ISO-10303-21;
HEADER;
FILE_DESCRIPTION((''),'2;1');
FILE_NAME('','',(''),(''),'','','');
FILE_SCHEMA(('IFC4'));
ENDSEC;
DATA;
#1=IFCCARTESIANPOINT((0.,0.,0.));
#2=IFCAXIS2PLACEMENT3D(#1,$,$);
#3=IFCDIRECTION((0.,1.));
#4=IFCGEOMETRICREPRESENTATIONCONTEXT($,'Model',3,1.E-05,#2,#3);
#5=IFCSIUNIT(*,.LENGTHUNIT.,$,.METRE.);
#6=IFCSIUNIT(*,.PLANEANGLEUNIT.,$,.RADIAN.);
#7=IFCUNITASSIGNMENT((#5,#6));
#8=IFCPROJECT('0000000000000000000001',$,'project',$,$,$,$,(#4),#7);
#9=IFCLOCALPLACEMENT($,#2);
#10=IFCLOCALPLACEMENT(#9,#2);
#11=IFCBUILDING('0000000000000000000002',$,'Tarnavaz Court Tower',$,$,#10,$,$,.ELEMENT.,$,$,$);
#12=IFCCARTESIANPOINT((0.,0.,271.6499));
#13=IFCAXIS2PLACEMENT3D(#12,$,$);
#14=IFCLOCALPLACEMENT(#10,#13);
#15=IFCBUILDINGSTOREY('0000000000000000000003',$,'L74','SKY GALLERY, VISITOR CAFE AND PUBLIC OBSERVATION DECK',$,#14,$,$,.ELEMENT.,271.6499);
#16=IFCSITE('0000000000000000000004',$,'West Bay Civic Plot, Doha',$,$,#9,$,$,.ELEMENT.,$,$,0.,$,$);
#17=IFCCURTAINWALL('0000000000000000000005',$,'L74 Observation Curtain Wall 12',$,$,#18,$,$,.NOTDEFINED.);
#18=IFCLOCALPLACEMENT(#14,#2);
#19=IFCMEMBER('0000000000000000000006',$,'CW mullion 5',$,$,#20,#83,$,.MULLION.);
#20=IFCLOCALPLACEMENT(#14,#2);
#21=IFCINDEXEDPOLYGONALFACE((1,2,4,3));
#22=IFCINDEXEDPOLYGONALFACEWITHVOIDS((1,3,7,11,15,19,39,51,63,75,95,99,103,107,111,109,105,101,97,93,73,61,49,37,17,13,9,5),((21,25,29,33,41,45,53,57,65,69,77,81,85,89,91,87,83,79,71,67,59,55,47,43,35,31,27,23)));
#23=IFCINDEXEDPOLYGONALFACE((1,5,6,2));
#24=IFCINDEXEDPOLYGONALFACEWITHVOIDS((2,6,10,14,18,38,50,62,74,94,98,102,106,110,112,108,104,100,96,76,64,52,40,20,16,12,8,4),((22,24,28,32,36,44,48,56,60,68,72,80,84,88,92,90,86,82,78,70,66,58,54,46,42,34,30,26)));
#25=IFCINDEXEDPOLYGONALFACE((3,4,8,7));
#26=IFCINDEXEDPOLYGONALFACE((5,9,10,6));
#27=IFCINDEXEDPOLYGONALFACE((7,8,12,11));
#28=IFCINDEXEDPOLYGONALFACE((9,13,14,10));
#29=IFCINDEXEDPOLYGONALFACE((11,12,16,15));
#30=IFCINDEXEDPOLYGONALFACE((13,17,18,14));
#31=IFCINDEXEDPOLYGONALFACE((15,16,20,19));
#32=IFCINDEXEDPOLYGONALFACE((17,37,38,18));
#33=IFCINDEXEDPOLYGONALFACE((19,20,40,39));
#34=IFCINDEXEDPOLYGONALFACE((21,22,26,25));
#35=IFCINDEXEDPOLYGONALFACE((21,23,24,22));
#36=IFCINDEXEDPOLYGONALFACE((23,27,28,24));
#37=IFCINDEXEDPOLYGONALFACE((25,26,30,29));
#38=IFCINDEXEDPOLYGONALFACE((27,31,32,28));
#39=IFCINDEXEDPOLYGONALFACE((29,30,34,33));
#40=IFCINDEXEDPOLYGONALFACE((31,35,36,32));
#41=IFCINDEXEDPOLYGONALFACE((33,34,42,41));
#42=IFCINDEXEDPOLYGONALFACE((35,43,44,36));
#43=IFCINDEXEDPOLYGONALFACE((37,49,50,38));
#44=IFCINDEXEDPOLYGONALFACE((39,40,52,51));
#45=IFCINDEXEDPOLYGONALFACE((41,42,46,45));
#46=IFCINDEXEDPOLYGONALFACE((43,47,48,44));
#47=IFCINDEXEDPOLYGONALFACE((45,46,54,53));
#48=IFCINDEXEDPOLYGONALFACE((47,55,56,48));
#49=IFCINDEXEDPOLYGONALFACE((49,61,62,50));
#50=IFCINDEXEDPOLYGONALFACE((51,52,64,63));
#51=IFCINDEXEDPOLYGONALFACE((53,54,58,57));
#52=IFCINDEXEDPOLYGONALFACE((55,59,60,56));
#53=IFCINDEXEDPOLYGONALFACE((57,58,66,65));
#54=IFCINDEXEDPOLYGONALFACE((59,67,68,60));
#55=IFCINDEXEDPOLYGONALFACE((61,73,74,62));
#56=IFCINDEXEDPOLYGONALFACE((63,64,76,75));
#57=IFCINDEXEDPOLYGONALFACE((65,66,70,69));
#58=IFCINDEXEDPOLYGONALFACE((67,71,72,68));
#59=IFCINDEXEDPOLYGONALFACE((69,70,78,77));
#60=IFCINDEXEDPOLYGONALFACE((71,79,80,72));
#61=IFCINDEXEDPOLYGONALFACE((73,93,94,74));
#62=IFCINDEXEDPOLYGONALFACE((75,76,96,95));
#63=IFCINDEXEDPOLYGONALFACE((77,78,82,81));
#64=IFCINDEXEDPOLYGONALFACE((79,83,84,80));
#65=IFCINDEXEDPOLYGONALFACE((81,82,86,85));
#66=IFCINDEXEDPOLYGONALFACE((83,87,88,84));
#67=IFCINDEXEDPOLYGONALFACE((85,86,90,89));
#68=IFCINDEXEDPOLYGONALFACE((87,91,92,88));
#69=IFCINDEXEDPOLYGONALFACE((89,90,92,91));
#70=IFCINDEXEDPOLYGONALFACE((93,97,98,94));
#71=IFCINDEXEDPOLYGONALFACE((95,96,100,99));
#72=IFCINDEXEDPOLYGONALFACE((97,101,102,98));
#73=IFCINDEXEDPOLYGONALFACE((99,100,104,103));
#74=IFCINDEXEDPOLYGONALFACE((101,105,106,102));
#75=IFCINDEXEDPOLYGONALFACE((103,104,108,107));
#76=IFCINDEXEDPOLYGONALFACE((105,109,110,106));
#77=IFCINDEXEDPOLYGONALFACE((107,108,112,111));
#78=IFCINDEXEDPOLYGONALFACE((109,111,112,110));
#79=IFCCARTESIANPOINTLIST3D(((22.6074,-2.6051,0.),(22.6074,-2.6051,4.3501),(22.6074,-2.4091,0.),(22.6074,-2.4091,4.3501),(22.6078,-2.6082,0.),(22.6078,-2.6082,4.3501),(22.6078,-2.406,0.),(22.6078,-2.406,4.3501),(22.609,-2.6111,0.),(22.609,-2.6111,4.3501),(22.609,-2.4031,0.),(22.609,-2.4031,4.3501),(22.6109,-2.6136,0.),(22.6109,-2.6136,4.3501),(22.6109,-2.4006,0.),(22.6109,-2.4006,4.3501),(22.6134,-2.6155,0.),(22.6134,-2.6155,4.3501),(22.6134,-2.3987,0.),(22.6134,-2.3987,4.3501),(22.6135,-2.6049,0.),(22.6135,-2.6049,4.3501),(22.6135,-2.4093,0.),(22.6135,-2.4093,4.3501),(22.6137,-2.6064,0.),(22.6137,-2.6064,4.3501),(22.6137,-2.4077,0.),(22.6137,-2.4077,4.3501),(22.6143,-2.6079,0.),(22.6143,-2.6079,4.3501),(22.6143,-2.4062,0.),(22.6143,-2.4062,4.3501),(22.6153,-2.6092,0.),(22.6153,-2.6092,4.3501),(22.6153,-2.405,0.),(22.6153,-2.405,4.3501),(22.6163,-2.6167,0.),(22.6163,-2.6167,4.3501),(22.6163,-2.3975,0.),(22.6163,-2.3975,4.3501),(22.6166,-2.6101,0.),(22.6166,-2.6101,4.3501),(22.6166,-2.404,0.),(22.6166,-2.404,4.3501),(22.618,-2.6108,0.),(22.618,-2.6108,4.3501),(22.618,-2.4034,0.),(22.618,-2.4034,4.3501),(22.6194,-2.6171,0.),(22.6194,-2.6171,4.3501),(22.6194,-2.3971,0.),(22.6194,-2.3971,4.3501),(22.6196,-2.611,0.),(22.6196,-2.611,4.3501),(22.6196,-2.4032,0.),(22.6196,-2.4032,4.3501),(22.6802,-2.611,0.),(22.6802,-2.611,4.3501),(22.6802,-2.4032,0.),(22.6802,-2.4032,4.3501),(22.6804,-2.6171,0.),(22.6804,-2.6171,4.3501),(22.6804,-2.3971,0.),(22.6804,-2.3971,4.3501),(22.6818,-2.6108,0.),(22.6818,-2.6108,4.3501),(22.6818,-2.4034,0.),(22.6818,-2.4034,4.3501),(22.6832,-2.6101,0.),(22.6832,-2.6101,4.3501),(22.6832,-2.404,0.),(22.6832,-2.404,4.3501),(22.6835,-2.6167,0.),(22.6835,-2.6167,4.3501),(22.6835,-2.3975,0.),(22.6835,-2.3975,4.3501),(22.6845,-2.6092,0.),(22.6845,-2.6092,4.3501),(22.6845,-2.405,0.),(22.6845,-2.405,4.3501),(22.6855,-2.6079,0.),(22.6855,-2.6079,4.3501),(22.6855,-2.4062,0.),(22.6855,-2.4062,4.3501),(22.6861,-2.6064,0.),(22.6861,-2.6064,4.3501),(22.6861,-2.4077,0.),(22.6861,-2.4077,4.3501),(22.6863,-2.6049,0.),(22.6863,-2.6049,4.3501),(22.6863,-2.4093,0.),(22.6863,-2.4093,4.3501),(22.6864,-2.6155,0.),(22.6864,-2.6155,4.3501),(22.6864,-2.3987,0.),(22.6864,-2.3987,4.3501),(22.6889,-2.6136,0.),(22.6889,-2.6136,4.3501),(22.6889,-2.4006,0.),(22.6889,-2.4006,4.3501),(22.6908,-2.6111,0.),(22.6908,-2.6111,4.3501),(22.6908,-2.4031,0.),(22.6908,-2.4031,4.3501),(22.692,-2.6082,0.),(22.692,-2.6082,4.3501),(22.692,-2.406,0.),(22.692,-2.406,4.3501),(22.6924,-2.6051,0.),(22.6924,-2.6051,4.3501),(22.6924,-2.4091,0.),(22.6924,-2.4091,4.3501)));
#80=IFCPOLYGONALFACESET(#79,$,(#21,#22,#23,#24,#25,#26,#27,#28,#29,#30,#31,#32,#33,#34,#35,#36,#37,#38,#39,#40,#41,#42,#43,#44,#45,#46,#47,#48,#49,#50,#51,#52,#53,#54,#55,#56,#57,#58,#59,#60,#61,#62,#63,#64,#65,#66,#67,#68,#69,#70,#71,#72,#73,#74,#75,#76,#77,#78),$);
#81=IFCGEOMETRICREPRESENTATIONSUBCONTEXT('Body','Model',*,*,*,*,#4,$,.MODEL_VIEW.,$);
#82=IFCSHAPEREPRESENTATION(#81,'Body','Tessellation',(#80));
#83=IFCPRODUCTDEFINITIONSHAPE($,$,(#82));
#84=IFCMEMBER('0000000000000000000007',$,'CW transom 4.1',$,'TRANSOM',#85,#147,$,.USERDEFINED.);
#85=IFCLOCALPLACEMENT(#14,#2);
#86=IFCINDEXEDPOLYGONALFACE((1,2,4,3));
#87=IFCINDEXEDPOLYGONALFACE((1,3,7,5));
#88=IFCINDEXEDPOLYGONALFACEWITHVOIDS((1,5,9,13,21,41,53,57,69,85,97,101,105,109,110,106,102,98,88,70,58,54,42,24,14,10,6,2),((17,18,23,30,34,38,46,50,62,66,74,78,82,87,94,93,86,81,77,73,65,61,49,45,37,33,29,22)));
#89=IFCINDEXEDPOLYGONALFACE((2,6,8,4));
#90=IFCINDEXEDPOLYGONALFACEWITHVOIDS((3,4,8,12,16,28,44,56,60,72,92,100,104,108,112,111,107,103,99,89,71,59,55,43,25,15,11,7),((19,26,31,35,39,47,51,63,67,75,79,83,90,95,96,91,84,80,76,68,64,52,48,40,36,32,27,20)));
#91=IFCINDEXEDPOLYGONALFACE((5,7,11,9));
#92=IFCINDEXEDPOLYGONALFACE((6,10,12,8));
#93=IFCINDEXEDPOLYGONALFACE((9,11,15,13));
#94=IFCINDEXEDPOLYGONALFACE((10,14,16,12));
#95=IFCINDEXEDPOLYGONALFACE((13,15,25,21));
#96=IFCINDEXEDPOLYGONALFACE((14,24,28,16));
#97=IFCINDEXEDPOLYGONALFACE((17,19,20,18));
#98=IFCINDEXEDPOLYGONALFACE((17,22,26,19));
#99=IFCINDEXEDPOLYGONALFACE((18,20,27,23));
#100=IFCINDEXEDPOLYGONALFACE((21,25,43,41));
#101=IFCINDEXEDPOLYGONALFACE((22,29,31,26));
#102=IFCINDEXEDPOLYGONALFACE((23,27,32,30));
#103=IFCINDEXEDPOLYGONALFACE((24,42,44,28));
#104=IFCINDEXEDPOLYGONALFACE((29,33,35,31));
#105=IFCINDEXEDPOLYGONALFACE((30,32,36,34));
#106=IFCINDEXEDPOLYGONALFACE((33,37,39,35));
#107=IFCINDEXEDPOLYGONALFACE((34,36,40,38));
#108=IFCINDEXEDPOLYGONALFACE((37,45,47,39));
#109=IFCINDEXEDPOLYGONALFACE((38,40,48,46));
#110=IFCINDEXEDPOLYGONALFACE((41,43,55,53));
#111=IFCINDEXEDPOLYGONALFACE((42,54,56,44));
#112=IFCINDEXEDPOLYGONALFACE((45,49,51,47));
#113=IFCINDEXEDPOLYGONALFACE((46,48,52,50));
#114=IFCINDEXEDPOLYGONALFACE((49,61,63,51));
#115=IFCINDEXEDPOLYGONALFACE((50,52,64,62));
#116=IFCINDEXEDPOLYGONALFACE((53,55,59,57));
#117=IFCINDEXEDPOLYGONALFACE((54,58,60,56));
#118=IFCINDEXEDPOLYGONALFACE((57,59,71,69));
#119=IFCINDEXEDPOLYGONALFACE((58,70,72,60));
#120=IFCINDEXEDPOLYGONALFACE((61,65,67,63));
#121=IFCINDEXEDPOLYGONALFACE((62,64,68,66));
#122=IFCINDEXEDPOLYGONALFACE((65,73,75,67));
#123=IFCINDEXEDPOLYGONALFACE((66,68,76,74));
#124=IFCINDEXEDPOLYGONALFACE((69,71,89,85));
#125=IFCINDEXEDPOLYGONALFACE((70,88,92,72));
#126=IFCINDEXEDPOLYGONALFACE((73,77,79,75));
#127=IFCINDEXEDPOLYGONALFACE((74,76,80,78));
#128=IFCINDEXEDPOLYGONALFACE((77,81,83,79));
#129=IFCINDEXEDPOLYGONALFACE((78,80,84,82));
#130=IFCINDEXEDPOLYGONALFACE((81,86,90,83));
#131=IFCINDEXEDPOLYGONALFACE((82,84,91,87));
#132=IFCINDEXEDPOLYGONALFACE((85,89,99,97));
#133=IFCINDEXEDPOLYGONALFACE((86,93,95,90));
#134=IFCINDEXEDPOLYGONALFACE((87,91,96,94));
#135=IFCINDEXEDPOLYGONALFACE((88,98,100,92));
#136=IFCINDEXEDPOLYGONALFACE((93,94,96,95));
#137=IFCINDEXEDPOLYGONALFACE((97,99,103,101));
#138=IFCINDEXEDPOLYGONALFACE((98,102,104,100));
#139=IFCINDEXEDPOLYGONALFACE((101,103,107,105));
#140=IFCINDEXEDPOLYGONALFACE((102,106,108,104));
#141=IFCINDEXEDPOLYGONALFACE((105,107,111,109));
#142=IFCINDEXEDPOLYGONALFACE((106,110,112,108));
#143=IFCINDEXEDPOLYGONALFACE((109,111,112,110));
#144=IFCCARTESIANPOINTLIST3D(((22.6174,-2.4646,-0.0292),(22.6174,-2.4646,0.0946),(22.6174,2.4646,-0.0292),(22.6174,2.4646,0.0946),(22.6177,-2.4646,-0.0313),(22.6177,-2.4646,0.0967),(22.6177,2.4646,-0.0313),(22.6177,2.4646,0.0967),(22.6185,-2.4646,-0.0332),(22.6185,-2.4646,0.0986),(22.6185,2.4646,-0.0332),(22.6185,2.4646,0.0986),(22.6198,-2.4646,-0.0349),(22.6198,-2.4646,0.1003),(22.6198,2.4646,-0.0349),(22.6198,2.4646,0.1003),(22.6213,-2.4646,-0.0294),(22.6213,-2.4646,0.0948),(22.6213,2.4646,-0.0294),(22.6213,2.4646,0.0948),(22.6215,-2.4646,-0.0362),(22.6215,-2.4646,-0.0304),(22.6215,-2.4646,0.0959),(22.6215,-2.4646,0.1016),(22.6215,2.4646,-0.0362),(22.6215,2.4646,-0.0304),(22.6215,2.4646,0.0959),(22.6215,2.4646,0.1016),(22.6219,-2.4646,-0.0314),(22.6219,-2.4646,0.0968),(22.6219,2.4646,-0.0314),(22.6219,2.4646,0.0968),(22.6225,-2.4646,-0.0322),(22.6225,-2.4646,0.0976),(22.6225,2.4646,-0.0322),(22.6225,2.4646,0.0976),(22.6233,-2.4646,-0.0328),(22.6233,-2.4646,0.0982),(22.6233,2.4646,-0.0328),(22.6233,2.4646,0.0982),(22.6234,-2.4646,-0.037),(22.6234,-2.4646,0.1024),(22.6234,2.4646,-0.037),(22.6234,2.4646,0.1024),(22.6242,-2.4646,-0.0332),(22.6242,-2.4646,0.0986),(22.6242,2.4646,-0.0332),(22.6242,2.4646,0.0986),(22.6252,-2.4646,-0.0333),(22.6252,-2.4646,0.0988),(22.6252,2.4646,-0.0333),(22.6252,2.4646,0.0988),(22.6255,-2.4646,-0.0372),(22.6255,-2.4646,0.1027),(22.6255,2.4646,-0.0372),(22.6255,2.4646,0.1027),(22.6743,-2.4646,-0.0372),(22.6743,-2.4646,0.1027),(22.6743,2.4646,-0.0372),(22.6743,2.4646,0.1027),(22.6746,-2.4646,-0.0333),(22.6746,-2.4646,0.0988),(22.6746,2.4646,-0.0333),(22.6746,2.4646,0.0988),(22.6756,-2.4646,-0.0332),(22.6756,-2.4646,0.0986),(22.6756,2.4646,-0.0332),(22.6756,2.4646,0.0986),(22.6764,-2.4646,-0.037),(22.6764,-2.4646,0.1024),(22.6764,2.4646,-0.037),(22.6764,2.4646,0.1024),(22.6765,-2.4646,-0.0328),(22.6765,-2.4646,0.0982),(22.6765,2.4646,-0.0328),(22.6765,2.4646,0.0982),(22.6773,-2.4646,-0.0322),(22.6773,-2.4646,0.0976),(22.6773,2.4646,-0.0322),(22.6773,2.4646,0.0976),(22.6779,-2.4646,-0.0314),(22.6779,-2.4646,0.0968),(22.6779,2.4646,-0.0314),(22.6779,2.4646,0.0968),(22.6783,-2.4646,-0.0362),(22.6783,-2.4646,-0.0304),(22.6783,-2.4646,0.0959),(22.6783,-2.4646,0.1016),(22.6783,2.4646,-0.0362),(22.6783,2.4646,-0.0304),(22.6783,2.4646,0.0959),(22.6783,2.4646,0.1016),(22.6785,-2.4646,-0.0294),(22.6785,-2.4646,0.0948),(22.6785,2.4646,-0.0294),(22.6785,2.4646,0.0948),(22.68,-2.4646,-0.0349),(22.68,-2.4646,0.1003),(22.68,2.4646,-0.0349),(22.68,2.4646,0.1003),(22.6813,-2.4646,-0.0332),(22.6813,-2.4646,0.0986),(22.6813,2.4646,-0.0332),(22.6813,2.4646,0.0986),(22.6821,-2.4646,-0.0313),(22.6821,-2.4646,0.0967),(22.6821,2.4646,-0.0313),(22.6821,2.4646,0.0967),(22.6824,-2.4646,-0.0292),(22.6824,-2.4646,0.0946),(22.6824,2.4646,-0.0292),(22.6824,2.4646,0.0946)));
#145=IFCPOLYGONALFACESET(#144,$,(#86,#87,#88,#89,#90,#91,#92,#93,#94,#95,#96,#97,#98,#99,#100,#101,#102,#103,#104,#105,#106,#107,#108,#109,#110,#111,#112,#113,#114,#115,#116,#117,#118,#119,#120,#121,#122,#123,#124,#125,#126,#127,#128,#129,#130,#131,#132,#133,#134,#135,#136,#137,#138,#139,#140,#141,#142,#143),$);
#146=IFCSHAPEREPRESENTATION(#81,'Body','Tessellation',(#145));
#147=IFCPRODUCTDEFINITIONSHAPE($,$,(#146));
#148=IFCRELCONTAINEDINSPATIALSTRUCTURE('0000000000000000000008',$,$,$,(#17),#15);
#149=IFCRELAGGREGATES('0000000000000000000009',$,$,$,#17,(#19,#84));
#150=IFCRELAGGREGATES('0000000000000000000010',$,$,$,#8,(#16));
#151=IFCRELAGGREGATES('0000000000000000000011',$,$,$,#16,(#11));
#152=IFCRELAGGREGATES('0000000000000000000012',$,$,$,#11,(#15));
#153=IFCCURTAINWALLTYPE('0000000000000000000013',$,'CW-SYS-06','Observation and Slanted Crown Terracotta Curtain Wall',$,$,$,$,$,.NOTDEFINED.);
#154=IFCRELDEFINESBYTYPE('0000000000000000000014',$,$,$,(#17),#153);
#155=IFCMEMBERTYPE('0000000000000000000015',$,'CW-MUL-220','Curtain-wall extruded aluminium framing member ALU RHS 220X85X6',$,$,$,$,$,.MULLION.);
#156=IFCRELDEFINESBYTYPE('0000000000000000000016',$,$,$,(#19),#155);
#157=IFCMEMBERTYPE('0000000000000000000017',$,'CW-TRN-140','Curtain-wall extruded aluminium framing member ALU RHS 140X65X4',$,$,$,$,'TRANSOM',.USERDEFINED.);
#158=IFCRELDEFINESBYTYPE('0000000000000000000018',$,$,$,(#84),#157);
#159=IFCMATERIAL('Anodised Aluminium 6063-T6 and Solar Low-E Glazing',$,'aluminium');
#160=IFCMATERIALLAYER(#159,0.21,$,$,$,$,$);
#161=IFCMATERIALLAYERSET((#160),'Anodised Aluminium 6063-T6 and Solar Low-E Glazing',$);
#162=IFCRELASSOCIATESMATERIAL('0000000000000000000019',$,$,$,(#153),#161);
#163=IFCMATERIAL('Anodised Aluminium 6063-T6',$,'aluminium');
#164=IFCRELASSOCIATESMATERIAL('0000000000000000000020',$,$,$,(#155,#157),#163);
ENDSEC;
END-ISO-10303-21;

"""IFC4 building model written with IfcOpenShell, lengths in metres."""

from ifc_helpers import new_model, si_unit, direction, frame, origin, origin_2d, place, context, subcontext, project, spatial, hollow_rectangle, extrude, material, layer, layer_set, material_profile, profile_set, type_object, element, aggregate, save


model = new_model("IFC4")

# Units and contexts
model_context = context("Model", 3, precision=1e-05, world=origin(), true_north=direction((0.0, 1.0)))
body_context = subcontext(model_context, "Body", "Model", "MODEL_VIEW")
ifc_project = project(units=[si_unit("LENGTHUNIT", "METRE"), si_unit("PLANEANGLEUNIT", "RADIAN")], contexts=[model_context])

# Site, building, storey
site_placement = place(None, origin())
site = spatial("IfcSite", under=ifc_project, at=site_placement, Name="West Bay Civic Plot, Doha", CompositionType="ELEMENT", RefElevation=0.0)
building_placement = place(site_placement, origin())
building = spatial("IfcBuilding", under=site, at=building_placement, Name="Tarnavaz Court Tower", CompositionType="ELEMENT")
storey_placement = place(building_placement, frame((0.0, 0.0, 271.6499)))
storey = spatial("IfcBuildingStorey", under=building, at=storey_placement, Name="L74", Description="SKY GALLERY, VISITOR CAFE AND PUBLIC OBSERVATION DECK", CompositionType="ELEMENT", Elevation=271.6499)

# Curtain wall, members
ifc_material_1 = material(Name="Anodised Aluminium 6063-T6 and Solar Low-E Glazing", Category="aluminium")
ifc_layer_1 = layer(ifc_material_1, 0.21)
ifc_layer_set_1 = layer_set([ifc_layer_1], Name="Anodised Aluminium 6063-T6 and Solar Low-E Glazing")
curtain_wall_type = type_object("IfcCurtainWallType", Name="CW-SYS-06", Description="Observation and Slanted Crown Terracotta Curtain Wall", PredefinedType="NOTDEFINED", material=ifc_layer_set_1)
curtain_wall_placement = place(storey_placement, origin())
curtain_wall = element("IfcCurtainWall", 1, at=curtain_wall_placement, inside=storey, type_object=curtain_wall_type, Name="L74 Observation Curtain Wall 12", PredefinedType="NOTDEFINED")
ifc_material_2 = material(Name="Anodised Aluminium 6063-T6", Category="aluminium")
ifc_material_profile_1 = material_profile(ifc_material_2, hollow_rectangle(XDim=0.085, YDim=0.22, WallThickness=0.0061, InnerFilletRadius=0.0061, OuterFilletRadius=0.012, at=origin_2d()), Name="ALU RHS 220X85X6")
ifc_profile_set_1 = profile_set([ifc_material_profile_1], Name="Anodised Aluminium 6063-T6")
member_type_1 = type_object("IfcMemberType", Name="CW-MUL-220", Description="Curtain-wall extruded aluminium framing member ALU RHS 220X85X6", PredefinedType="MULLION", material=ifc_profile_set_1)
member_1_placement = place(storey_placement, frame((22.6499, -2.5071, 0.0), z_axis=(0.0, 0.0, 1.0), x_axis=(1.0, 0.0, 0.0)))
member_1 = element("IfcMember", 2, at=member_1_placement, type_object=member_type_1, Name="CW mullion 5", PredefinedType="MULLION", context=body_context, shape_type="SweptSolid", body=[
    extrude(hollow_rectangle(XDim=0.085, YDim=0.22, WallThickness=0.0061, InnerFilletRadius=0.0061, OuterFilletRadius=0.012, at=origin_2d()), origin(), (0.0, 0.0, 1.0), 4.3501),
])
ifc_material_profile_2 = material_profile(ifc_material_2, hollow_rectangle(XDim=0.0649, YDim=0.1399, WallThickness=0.0039, InnerFilletRadius=0.0039, OuterFilletRadius=0.0081, at=origin_2d()), Name="ALU RHS 140X65X4")
ifc_profile_set_2 = profile_set([ifc_material_profile_2], Name="Anodised Aluminium 6063-T6")
member_type_2 = type_object("IfcMemberType", Name="CW-TRN-140", Description="Curtain-wall extruded aluminium framing member ALU RHS 140X65X4", ElementType="TRANSOM", PredefinedType="USERDEFINED", material=ifc_profile_set_2)
member_2_placement = place(storey_placement, frame((22.6499, 2.4646, 0.0327), z_axis=(0.0, -1.0, 0.0), x_axis=(1.0, 0.0, 0.0)))
member_2 = element("IfcMember", 3, at=member_2_placement, type_object=member_type_2, Name="CW transom 4.1", ObjectType="TRANSOM", PredefinedType="USERDEFINED", context=body_context, shape_type="SweptSolid", body=[
    extrude(hollow_rectangle(XDim=0.0649, YDim=0.1399, WallThickness=0.0039, InnerFilletRadius=0.0039, OuterFilletRadius=0.0081, at=origin_2d()), origin(), (0.0, 0.0, 1.0), 4.9292),
])
aggregate(curtain_wall, [member_1, member_2])

save(model, "model.ifc")
